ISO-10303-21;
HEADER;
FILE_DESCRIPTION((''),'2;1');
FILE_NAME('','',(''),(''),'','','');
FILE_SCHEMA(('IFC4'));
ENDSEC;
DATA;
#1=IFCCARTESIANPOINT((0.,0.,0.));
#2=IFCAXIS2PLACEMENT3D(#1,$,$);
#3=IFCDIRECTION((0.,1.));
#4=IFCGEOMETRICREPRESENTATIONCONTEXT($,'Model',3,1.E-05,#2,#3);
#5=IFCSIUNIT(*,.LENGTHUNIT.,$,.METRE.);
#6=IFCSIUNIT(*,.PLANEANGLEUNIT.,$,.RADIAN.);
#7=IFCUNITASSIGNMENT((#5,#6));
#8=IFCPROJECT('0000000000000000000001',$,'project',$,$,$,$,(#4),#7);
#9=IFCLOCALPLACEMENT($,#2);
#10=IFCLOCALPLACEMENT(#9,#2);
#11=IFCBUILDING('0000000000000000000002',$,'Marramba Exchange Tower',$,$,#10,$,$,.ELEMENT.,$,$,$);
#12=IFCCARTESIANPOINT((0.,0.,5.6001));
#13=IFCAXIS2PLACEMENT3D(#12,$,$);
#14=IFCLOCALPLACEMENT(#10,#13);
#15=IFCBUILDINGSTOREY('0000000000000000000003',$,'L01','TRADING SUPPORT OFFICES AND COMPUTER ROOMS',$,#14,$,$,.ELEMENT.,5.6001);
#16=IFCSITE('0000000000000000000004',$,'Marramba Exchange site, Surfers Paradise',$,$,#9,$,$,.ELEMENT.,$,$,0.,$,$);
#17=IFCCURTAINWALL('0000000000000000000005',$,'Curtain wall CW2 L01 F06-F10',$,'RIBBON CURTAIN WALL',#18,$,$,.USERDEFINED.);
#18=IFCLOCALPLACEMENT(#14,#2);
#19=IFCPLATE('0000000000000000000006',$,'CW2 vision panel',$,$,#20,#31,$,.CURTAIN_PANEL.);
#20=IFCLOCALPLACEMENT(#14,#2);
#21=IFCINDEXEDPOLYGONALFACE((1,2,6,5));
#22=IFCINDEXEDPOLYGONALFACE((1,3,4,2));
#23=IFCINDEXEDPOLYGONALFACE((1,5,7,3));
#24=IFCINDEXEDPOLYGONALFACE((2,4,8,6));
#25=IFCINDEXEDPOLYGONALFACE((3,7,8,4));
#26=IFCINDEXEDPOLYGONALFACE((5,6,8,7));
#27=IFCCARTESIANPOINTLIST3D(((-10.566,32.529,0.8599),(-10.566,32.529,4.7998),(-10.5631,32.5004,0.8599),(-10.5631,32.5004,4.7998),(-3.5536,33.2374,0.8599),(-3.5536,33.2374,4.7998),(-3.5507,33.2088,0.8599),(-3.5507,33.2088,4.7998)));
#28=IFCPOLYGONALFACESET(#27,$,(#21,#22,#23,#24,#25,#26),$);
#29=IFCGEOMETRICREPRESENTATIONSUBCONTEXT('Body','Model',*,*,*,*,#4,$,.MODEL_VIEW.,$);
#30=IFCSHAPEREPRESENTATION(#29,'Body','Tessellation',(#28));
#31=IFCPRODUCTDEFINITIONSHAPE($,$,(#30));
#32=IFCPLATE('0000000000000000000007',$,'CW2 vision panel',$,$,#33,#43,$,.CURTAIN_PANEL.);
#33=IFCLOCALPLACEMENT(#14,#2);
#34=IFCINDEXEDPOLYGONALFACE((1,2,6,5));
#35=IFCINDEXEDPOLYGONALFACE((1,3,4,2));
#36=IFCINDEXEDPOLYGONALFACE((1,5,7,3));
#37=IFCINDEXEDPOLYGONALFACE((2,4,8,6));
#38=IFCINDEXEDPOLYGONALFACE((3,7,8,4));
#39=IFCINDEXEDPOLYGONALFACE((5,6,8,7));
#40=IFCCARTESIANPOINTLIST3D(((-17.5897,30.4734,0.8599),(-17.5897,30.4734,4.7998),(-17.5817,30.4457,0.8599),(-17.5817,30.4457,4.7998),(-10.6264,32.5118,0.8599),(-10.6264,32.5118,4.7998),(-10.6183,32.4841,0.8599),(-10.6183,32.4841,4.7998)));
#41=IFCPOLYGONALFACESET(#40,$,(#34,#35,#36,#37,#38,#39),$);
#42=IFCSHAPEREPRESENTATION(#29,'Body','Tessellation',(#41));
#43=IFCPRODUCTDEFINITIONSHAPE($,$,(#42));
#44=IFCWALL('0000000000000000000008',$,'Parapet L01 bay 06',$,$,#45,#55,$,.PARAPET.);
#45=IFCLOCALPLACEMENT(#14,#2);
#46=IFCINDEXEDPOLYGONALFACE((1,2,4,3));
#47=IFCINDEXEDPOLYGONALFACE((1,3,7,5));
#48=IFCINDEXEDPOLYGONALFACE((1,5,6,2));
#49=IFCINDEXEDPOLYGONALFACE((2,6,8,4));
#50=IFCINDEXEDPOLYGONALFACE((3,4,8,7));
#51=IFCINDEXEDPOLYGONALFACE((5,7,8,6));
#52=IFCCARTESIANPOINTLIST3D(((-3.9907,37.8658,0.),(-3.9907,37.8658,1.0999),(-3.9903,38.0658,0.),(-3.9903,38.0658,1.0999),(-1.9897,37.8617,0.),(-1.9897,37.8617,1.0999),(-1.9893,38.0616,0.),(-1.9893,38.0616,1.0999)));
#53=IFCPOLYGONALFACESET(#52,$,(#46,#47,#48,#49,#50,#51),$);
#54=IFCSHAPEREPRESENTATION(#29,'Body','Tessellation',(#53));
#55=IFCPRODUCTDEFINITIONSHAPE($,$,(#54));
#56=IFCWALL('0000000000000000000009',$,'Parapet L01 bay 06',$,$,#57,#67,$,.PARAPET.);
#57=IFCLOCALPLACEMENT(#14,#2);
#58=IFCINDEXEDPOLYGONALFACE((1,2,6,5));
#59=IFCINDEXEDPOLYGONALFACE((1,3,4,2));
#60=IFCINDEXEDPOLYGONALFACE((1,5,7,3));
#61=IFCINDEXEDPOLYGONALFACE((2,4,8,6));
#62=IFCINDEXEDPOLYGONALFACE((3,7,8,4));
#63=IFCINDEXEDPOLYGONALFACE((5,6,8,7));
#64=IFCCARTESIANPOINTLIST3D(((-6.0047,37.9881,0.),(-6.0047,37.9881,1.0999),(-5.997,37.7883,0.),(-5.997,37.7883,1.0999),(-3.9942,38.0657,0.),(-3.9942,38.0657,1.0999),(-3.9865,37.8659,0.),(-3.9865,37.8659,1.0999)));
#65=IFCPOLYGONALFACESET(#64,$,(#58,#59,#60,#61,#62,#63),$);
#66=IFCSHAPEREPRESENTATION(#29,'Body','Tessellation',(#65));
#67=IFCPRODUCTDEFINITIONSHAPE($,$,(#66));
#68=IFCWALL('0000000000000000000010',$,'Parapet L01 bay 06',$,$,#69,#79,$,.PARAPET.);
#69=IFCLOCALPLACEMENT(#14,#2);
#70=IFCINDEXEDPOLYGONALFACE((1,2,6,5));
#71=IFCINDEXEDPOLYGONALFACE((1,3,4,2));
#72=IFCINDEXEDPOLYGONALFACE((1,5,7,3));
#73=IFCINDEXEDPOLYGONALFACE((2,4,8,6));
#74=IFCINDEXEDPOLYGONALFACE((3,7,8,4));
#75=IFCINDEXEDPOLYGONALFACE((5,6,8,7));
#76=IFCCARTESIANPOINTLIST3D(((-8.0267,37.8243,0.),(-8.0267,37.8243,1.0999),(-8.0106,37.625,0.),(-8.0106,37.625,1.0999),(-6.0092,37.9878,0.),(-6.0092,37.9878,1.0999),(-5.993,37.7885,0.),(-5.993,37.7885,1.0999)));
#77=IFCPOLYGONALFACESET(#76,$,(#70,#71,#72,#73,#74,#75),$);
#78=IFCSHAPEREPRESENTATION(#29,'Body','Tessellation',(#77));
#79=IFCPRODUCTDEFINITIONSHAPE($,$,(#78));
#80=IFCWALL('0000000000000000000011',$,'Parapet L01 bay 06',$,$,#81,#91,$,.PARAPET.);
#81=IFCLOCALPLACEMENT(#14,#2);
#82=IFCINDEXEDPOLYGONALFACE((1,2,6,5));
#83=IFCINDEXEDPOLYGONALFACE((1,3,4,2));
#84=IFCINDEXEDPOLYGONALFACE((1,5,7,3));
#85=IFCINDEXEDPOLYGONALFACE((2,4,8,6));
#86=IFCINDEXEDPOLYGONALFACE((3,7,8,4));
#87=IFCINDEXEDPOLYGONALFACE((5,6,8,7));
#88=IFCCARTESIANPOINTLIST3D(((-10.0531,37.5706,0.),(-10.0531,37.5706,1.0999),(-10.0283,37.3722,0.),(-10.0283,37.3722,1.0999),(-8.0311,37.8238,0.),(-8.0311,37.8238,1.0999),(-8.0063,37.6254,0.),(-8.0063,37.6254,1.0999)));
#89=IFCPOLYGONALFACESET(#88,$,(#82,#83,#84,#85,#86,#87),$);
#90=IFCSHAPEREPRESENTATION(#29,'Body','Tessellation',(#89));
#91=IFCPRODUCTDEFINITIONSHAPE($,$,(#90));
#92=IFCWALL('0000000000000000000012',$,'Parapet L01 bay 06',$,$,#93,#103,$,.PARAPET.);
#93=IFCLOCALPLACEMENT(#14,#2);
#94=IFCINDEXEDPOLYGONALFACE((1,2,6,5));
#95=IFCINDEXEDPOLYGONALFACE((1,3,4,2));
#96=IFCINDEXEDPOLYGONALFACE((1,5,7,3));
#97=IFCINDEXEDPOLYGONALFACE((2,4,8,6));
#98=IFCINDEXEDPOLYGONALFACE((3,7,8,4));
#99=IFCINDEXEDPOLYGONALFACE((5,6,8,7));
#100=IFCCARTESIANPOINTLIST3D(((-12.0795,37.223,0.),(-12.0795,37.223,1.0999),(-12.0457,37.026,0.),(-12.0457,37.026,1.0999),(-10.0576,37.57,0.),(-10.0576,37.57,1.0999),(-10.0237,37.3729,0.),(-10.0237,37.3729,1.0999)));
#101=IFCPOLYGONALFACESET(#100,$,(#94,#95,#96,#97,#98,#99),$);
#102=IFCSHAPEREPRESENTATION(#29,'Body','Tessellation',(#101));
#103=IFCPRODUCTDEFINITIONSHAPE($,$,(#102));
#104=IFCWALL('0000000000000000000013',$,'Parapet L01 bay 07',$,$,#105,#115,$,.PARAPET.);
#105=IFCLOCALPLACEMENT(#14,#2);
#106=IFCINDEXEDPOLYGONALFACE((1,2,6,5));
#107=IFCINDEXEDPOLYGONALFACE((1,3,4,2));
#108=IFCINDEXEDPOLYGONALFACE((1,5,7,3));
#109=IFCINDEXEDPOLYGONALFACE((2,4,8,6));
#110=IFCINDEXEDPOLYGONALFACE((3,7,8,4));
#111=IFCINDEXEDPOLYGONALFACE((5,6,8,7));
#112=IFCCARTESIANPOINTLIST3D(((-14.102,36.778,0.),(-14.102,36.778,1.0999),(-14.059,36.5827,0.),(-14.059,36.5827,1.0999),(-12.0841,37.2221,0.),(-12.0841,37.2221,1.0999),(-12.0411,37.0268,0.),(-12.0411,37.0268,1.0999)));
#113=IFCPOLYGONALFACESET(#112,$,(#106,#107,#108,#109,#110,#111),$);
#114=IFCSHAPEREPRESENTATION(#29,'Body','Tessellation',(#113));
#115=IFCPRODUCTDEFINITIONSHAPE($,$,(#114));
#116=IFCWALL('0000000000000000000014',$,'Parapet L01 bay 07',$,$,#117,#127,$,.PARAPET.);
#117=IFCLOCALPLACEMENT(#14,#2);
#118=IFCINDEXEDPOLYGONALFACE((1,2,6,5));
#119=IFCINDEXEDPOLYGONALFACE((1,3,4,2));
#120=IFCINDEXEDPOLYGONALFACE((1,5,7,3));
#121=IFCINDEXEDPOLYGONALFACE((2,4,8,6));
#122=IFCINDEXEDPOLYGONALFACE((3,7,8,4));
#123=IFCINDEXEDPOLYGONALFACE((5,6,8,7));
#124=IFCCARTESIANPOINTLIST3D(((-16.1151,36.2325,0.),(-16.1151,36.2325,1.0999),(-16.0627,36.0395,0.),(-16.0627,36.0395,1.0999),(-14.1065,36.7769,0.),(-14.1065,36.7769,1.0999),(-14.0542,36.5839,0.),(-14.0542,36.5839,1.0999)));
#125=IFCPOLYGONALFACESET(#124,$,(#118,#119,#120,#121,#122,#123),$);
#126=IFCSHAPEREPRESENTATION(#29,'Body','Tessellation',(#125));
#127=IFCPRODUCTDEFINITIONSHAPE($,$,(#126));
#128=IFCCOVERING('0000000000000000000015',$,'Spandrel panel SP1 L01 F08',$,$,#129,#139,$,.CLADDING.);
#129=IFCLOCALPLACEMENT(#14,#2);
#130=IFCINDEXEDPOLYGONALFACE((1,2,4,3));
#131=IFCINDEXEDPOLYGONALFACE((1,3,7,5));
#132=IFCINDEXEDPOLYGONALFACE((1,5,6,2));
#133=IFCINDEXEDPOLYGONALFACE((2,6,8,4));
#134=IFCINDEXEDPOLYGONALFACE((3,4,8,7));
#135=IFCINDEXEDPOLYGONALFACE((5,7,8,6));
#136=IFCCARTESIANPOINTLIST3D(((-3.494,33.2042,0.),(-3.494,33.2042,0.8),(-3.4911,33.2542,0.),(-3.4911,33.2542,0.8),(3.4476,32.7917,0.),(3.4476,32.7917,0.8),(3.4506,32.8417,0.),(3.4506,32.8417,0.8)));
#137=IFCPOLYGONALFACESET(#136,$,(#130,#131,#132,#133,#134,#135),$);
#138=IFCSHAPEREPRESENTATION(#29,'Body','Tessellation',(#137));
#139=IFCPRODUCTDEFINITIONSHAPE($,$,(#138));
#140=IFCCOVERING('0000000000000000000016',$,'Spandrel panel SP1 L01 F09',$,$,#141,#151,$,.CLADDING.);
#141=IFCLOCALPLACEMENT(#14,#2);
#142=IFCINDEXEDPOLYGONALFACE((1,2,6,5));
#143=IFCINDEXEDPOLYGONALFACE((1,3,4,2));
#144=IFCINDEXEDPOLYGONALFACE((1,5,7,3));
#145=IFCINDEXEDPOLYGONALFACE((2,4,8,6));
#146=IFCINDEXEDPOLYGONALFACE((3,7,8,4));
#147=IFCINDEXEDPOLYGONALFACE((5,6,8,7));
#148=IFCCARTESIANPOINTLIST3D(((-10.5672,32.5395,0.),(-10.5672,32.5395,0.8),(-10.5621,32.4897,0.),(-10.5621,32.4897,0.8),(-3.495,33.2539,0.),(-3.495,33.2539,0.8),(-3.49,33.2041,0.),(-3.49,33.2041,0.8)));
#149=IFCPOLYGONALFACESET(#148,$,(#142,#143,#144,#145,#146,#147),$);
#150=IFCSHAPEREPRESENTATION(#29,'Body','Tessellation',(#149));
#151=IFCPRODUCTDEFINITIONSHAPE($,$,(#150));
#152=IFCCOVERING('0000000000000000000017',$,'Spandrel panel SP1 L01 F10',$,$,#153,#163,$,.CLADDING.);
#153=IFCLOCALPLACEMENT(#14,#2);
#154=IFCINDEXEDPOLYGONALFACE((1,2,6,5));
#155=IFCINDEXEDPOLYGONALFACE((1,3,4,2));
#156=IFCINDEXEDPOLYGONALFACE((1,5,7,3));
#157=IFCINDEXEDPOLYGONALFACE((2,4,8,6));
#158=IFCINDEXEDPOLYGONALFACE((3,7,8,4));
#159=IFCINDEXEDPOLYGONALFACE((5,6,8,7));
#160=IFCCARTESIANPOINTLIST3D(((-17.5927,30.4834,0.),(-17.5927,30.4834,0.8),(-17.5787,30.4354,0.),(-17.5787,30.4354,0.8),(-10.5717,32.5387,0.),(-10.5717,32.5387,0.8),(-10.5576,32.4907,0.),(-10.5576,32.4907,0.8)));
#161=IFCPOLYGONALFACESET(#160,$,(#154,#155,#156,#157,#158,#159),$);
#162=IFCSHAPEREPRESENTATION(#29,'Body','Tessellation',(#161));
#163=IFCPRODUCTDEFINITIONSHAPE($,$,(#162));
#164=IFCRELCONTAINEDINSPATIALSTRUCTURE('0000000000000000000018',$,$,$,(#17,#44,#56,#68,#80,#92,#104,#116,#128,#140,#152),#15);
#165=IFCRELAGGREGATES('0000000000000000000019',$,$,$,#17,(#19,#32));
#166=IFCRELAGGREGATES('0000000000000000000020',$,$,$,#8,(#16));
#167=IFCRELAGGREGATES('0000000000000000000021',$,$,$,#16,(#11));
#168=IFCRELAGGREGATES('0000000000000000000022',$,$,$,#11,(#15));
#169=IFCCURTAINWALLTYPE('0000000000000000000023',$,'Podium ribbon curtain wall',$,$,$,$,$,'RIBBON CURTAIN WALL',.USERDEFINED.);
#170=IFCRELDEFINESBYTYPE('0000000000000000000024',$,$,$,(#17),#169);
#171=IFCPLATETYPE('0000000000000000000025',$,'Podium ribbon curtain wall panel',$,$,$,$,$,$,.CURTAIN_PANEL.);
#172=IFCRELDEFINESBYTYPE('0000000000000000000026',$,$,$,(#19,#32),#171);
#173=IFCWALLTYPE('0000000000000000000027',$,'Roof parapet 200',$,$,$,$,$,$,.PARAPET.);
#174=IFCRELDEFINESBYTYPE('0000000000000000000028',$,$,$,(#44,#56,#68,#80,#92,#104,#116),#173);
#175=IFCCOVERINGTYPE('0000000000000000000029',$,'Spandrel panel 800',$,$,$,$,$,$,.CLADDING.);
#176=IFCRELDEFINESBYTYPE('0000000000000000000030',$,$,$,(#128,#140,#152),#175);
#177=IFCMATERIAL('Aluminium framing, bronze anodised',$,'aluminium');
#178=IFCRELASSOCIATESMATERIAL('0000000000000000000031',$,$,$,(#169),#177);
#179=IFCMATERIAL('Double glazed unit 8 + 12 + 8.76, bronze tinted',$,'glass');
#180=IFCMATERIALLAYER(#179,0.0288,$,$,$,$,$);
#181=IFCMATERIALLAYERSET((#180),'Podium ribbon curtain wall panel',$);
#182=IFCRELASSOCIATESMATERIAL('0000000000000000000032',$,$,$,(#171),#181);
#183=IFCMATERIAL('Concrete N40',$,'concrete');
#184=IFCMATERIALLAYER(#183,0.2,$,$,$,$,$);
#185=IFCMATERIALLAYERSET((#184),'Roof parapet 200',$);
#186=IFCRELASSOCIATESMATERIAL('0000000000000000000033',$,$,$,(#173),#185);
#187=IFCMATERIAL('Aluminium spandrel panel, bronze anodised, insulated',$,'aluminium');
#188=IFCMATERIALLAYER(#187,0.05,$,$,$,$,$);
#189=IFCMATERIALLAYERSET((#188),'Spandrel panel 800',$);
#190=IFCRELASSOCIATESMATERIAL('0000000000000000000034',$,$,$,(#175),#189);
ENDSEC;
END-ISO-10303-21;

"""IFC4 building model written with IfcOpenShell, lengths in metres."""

from ifc_helpers import new_model, si_unit, direction, frame, frame_2d, origin, origin_2d, place, context, subcontext, project, spatial, rectangle, extrude, material, layer, layer_set, type_object, element, aggregate, save


model = new_model("IFC4")

# Units and contexts
model_context = context("Model", 3, precision=1e-05, world=origin(), true_north=direction((0.0, 1.0)))
body_context = subcontext(model_context, "Body", "Model", "MODEL_VIEW")
ifc_project = project(units=[si_unit("LENGTHUNIT", "METRE"), si_unit("PLANEANGLEUNIT", "RADIAN")], contexts=[model_context])

# Site, building, storey
site_placement = place(None, origin())
site = spatial("IfcSite", under=ifc_project, at=site_placement, Name="Marramba Exchange site, Surfers Paradise", CompositionType="ELEMENT", RefElevation=0.0)
building_placement = place(site_placement, origin())
building = spatial("IfcBuilding", under=site, at=building_placement, Name="Marramba Exchange Tower", CompositionType="ELEMENT")
storey_placement = place(building_placement, frame((0.0, 0.0, 5.6001)))
storey = spatial("IfcBuildingStorey", under=building, at=storey_placement, Name="L01", Description="TRADING SUPPORT OFFICES AND COMPUTER ROOMS", CompositionType="ELEMENT", Elevation=5.6001)

# Curtain wall
ifc_material_1 = material(Name="Aluminium framing, bronze anodised", Category="aluminium")
curtain_wall_type = type_object("IfcCurtainWallType", Name="Podium ribbon curtain wall", ElementType="RIBBON CURTAIN WALL", PredefinedType="USERDEFINED", material=ifc_material_1)
curtain_wall_placement = place(storey_placement, origin())
curtain_wall = element("IfcCurtainWall", 1, at=curtain_wall_placement, inside=storey, type_object=curtain_wall_type, Name="Curtain wall CW2 L01 F06-F10", ObjectType="RIBBON CURTAIN WALL", PredefinedType="USERDEFINED")

# Plates
ifc_material_2 = material(Name="Double glazed unit 8 + 12 + 8.76, bronze tinted", Category="glass")
ifc_layer_1 = layer(ifc_material_2, 0.0288)
ifc_layer_set_1 = layer_set([ifc_layer_1], Name="Podium ribbon curtain wall panel")
plate_type = type_object("IfcPlateType", Name="Podium ribbon curtain wall panel", PredefinedType="CURTAIN_PANEL", material=ifc_layer_set_1)
plate_1_placement = place(storey_placement, frame((-7.0583, 32.8689, 0.8599), z_axis=(0.0, 0.0, 1.0), x_axis=(-0.994936, -0.100506, 0.0)))
plate_1 = element("IfcPlate", 2, at=plate_1_placement, type_object=plate_type, Name="CW2 vision panel", PredefinedType="CURTAIN_PANEL", context=body_context, shape_type="SweptSolid", body=[
    extrude(rectangle(XDim=7.0481, YDim=0.0288, at=origin_2d()), origin(), (0.0, 0.0, 1.0), 3.9399),
])
plate_2_placement = place(storey_placement, frame((-14.104, 31.4788, 0.8599), z_axis=(0.0, 0.0, 1.0), x_axis=(-0.959725, -0.28094, 0.0)))
plate_2 = element("IfcPlate", 3, at=plate_2_placement, type_object=plate_type, Name="CW2 vision panel", PredefinedType="CURTAIN_PANEL", context=body_context, shape_type="SweptSolid", body=[
    extrude(rectangle(XDim=7.2556, YDim=0.0288, at=origin_2d()), origin(), (0.0, 0.0, 1.0), 3.9399),
])
aggregate(curtain_wall, [plate_1, plate_2])

# Walls
ifc_material_3 = material(Name="Concrete N40", Category="concrete")
ifc_layer_2 = layer(ifc_material_3, 0.2)
ifc_layer_set_2 = layer_set([ifc_layer_2], Name="Roof parapet 200")
wall_type = type_object("IfcWallType", Name="Roof parapet 200", PredefinedType="PARAPET", material=ifc_layer_set_2)
wall_1_placement = place(storey_placement, frame((-1.9895, 37.9617, 0.0), z_axis=(0.0, 0.0, 1.0), x_axis=(-0.999998, 0.002074, 0.0)))
element("IfcWall", 4, at=wall_1_placement, inside=storey, type_object=wall_type, Name="Parapet L01 bay 06", PredefinedType="PARAPET", context=body_context, shape_type="SweptSolid", body=[
    extrude(rectangle(XDim=2.001, YDim=0.2, at=frame_2d((1.0005, 0.0))), origin(), (0.0, 0.0, 1.0), 1.0999),
])
wall_2_placement = place(storey_placement, frame((-3.9905, 37.9658, 0.0), z_axis=(0.0, 0.0, 1.0), x_axis=(-0.999255, -0.038587, 0.0)))
element("IfcWall", 5, at=wall_2_placement, inside=storey, type_object=wall_type, Name="Parapet L01 bay 06", PredefinedType="PARAPET", context=body_context, shape_type="SweptSolid", body=[
    extrude(rectangle(XDim=2.012, YDim=0.2, at=frame_2d((1.0059, 0.0))), origin(), (0.0, 0.0, 1.0), 1.0999),
])
wall_3_placement = place(storey_placement, frame((-6.001, 37.8882, 0.0), z_axis=(0.0, 0.0, 1.0), x_axis=(-0.99673, -0.080809, 0.0)))
element("IfcWall", 6, at=wall_3_placement, inside=storey, type_object=wall_type, Name="Parapet L01 bay 06", PredefinedType="PARAPET", context=body_context, shape_type="SweptSolid", body=[
    extrude(rectangle(XDim=2.0242, YDim=0.2, at=frame_2d((1.0122, 0.0))), origin(), (0.0, 0.0, 1.0), 1.0999),
])
wall_4_placement = place(storey_placement, frame((-8.0186, 37.7246, 0.0), z_axis=(0.0, 0.0, 1.0), x_axis=(-0.992252, -0.124241, 0.0)))
element("IfcWall", 7, at=wall_4_placement, inside=storey, type_object=wall_type, Name="Parapet L01 bay 06", PredefinedType="PARAPET", context=body_context, shape_type="SweptSolid", body=[
    extrude(rectangle(XDim=2.0378, YDim=0.2, at=frame_2d((1.019, 0.0))), origin(), (0.0, 0.0, 1.0), 1.0999),
])
wall_5_placement = place(storey_placement, frame((-10.0405, 37.4714, 0.0), z_axis=(0.0, 0.0, 1.0), x_axis=(-0.985598, -0.169106, 0.0)))
element("IfcWall", 8, at=wall_5_placement, inside=storey, type_object=wall_type, Name="Parapet L01 bay 06", PredefinedType="PARAPET", context=body_context, shape_type="SweptSolid", body=[
    extrude(rectangle(XDim=2.0515, YDim=0.2, at=frame_2d((1.0259, 0.0))), origin(), (0.0, 0.0, 1.0), 1.0999),
])
wall_6_placement = place(storey_placement, frame((-12.0625, 37.1245, 0.0), z_axis=(0.0, 0.0, 1.0), x_axis=(-0.976627, -0.214941, 0.0)))
element("IfcWall", 9, at=wall_6_placement, inside=storey, type_object=wall_type, Name="Parapet L01 bay 07", PredefinedType="PARAPET", context=body_context, shape_type="SweptSolid", body=[
    extrude(rectangle(XDim=2.0662, YDim=0.2, at=frame_2d((1.0332, 0.0))), origin(), (0.0, 0.0, 1.0), 1.0999),
])
wall_7_placement = place(storey_placement, frame((-14.0803, 36.6804, 0.0), z_axis=(0.0, 0.0, 1.0), x_axis=(-0.965171, -0.261618, 0.0)))
element("IfcWall", 10, at=wall_7_placement, inside=storey, type_object=wall_type, Name="Parapet L01 bay 07", PredefinedType="PARAPET", context=body_context, shape_type="SweptSolid", body=[
    extrude(rectangle(XDim=2.0811, YDim=0.2, at=frame_2d((1.0405, 0.0))), origin(), (0.0, 0.0, 1.0), 1.0999),
])

# Coverings
ifc_material_4 = material(Name="Aluminium spandrel panel, bronze anodised, insulated", Category="aluminium")
ifc_layer_3 = layer(ifc_material_4, 0.05)
ifc_layer_set_3 = layer_set([ifc_layer_3], Name="Spandrel panel 800")
covering_type = type_object("IfcCoveringType", Name="Spandrel panel 800", PredefinedType="CLADDING", material=ifc_layer_set_3)
covering_1_placement = place(storey_placement, frame((-0.0217, 33.0229, 0.0), z_axis=(0.0, 0.0, 1.0), x_axis=(-0.998239, 0.059317, 0.0)))
element("IfcCovering", 11, at=covering_1_placement, inside=storey, type_object=covering_type, Name="Spandrel panel SP1 L01 F08", PredefinedType="CLADDING", context=body_context, shape_type="SweptSolid", body=[
    extrude(rectangle(XDim=6.9539, YDim=0.05, at=origin_2d()), origin(), (0.0, 0.0, 1.0), 0.8),
])
covering_2_placement = place(storey_placement, frame((-7.0286, 32.8718, 0.0), z_axis=(0.0, 0.0, 1.0), x_axis=(-0.994936, -0.100506, 0.0)))
element("IfcCovering", 12, at=covering_2_placement, inside=storey, type_object=covering_type, Name="Spandrel panel SP1 L01 F09", PredefinedType="CLADDING", context=body_context, shape_type="SweptSolid", body=[
    extrude(rectangle(XDim=7.1082, YDim=0.05, at=origin_2d()), origin(), (0.0, 0.0, 1.0), 0.8),
])
covering_3_placement = place(storey_placement, frame((-14.0752, 31.4871, 0.0), z_axis=(0.0, 0.0, 1.0), x_axis=(-0.959725, -0.28094, 0.0)))
element("IfcCovering", 13, at=covering_3_placement, inside=storey, type_object=covering_type, Name="Spandrel panel SP1 L01 F10", PredefinedType="CLADDING", context=body_context, shape_type="SweptSolid", body=[
    extrude(rectangle(XDim=7.3157, YDim=0.05, at=origin_2d()), origin(), (0.0, 0.0, 1.0), 0.8),
])

save(model, "model.ifc")
